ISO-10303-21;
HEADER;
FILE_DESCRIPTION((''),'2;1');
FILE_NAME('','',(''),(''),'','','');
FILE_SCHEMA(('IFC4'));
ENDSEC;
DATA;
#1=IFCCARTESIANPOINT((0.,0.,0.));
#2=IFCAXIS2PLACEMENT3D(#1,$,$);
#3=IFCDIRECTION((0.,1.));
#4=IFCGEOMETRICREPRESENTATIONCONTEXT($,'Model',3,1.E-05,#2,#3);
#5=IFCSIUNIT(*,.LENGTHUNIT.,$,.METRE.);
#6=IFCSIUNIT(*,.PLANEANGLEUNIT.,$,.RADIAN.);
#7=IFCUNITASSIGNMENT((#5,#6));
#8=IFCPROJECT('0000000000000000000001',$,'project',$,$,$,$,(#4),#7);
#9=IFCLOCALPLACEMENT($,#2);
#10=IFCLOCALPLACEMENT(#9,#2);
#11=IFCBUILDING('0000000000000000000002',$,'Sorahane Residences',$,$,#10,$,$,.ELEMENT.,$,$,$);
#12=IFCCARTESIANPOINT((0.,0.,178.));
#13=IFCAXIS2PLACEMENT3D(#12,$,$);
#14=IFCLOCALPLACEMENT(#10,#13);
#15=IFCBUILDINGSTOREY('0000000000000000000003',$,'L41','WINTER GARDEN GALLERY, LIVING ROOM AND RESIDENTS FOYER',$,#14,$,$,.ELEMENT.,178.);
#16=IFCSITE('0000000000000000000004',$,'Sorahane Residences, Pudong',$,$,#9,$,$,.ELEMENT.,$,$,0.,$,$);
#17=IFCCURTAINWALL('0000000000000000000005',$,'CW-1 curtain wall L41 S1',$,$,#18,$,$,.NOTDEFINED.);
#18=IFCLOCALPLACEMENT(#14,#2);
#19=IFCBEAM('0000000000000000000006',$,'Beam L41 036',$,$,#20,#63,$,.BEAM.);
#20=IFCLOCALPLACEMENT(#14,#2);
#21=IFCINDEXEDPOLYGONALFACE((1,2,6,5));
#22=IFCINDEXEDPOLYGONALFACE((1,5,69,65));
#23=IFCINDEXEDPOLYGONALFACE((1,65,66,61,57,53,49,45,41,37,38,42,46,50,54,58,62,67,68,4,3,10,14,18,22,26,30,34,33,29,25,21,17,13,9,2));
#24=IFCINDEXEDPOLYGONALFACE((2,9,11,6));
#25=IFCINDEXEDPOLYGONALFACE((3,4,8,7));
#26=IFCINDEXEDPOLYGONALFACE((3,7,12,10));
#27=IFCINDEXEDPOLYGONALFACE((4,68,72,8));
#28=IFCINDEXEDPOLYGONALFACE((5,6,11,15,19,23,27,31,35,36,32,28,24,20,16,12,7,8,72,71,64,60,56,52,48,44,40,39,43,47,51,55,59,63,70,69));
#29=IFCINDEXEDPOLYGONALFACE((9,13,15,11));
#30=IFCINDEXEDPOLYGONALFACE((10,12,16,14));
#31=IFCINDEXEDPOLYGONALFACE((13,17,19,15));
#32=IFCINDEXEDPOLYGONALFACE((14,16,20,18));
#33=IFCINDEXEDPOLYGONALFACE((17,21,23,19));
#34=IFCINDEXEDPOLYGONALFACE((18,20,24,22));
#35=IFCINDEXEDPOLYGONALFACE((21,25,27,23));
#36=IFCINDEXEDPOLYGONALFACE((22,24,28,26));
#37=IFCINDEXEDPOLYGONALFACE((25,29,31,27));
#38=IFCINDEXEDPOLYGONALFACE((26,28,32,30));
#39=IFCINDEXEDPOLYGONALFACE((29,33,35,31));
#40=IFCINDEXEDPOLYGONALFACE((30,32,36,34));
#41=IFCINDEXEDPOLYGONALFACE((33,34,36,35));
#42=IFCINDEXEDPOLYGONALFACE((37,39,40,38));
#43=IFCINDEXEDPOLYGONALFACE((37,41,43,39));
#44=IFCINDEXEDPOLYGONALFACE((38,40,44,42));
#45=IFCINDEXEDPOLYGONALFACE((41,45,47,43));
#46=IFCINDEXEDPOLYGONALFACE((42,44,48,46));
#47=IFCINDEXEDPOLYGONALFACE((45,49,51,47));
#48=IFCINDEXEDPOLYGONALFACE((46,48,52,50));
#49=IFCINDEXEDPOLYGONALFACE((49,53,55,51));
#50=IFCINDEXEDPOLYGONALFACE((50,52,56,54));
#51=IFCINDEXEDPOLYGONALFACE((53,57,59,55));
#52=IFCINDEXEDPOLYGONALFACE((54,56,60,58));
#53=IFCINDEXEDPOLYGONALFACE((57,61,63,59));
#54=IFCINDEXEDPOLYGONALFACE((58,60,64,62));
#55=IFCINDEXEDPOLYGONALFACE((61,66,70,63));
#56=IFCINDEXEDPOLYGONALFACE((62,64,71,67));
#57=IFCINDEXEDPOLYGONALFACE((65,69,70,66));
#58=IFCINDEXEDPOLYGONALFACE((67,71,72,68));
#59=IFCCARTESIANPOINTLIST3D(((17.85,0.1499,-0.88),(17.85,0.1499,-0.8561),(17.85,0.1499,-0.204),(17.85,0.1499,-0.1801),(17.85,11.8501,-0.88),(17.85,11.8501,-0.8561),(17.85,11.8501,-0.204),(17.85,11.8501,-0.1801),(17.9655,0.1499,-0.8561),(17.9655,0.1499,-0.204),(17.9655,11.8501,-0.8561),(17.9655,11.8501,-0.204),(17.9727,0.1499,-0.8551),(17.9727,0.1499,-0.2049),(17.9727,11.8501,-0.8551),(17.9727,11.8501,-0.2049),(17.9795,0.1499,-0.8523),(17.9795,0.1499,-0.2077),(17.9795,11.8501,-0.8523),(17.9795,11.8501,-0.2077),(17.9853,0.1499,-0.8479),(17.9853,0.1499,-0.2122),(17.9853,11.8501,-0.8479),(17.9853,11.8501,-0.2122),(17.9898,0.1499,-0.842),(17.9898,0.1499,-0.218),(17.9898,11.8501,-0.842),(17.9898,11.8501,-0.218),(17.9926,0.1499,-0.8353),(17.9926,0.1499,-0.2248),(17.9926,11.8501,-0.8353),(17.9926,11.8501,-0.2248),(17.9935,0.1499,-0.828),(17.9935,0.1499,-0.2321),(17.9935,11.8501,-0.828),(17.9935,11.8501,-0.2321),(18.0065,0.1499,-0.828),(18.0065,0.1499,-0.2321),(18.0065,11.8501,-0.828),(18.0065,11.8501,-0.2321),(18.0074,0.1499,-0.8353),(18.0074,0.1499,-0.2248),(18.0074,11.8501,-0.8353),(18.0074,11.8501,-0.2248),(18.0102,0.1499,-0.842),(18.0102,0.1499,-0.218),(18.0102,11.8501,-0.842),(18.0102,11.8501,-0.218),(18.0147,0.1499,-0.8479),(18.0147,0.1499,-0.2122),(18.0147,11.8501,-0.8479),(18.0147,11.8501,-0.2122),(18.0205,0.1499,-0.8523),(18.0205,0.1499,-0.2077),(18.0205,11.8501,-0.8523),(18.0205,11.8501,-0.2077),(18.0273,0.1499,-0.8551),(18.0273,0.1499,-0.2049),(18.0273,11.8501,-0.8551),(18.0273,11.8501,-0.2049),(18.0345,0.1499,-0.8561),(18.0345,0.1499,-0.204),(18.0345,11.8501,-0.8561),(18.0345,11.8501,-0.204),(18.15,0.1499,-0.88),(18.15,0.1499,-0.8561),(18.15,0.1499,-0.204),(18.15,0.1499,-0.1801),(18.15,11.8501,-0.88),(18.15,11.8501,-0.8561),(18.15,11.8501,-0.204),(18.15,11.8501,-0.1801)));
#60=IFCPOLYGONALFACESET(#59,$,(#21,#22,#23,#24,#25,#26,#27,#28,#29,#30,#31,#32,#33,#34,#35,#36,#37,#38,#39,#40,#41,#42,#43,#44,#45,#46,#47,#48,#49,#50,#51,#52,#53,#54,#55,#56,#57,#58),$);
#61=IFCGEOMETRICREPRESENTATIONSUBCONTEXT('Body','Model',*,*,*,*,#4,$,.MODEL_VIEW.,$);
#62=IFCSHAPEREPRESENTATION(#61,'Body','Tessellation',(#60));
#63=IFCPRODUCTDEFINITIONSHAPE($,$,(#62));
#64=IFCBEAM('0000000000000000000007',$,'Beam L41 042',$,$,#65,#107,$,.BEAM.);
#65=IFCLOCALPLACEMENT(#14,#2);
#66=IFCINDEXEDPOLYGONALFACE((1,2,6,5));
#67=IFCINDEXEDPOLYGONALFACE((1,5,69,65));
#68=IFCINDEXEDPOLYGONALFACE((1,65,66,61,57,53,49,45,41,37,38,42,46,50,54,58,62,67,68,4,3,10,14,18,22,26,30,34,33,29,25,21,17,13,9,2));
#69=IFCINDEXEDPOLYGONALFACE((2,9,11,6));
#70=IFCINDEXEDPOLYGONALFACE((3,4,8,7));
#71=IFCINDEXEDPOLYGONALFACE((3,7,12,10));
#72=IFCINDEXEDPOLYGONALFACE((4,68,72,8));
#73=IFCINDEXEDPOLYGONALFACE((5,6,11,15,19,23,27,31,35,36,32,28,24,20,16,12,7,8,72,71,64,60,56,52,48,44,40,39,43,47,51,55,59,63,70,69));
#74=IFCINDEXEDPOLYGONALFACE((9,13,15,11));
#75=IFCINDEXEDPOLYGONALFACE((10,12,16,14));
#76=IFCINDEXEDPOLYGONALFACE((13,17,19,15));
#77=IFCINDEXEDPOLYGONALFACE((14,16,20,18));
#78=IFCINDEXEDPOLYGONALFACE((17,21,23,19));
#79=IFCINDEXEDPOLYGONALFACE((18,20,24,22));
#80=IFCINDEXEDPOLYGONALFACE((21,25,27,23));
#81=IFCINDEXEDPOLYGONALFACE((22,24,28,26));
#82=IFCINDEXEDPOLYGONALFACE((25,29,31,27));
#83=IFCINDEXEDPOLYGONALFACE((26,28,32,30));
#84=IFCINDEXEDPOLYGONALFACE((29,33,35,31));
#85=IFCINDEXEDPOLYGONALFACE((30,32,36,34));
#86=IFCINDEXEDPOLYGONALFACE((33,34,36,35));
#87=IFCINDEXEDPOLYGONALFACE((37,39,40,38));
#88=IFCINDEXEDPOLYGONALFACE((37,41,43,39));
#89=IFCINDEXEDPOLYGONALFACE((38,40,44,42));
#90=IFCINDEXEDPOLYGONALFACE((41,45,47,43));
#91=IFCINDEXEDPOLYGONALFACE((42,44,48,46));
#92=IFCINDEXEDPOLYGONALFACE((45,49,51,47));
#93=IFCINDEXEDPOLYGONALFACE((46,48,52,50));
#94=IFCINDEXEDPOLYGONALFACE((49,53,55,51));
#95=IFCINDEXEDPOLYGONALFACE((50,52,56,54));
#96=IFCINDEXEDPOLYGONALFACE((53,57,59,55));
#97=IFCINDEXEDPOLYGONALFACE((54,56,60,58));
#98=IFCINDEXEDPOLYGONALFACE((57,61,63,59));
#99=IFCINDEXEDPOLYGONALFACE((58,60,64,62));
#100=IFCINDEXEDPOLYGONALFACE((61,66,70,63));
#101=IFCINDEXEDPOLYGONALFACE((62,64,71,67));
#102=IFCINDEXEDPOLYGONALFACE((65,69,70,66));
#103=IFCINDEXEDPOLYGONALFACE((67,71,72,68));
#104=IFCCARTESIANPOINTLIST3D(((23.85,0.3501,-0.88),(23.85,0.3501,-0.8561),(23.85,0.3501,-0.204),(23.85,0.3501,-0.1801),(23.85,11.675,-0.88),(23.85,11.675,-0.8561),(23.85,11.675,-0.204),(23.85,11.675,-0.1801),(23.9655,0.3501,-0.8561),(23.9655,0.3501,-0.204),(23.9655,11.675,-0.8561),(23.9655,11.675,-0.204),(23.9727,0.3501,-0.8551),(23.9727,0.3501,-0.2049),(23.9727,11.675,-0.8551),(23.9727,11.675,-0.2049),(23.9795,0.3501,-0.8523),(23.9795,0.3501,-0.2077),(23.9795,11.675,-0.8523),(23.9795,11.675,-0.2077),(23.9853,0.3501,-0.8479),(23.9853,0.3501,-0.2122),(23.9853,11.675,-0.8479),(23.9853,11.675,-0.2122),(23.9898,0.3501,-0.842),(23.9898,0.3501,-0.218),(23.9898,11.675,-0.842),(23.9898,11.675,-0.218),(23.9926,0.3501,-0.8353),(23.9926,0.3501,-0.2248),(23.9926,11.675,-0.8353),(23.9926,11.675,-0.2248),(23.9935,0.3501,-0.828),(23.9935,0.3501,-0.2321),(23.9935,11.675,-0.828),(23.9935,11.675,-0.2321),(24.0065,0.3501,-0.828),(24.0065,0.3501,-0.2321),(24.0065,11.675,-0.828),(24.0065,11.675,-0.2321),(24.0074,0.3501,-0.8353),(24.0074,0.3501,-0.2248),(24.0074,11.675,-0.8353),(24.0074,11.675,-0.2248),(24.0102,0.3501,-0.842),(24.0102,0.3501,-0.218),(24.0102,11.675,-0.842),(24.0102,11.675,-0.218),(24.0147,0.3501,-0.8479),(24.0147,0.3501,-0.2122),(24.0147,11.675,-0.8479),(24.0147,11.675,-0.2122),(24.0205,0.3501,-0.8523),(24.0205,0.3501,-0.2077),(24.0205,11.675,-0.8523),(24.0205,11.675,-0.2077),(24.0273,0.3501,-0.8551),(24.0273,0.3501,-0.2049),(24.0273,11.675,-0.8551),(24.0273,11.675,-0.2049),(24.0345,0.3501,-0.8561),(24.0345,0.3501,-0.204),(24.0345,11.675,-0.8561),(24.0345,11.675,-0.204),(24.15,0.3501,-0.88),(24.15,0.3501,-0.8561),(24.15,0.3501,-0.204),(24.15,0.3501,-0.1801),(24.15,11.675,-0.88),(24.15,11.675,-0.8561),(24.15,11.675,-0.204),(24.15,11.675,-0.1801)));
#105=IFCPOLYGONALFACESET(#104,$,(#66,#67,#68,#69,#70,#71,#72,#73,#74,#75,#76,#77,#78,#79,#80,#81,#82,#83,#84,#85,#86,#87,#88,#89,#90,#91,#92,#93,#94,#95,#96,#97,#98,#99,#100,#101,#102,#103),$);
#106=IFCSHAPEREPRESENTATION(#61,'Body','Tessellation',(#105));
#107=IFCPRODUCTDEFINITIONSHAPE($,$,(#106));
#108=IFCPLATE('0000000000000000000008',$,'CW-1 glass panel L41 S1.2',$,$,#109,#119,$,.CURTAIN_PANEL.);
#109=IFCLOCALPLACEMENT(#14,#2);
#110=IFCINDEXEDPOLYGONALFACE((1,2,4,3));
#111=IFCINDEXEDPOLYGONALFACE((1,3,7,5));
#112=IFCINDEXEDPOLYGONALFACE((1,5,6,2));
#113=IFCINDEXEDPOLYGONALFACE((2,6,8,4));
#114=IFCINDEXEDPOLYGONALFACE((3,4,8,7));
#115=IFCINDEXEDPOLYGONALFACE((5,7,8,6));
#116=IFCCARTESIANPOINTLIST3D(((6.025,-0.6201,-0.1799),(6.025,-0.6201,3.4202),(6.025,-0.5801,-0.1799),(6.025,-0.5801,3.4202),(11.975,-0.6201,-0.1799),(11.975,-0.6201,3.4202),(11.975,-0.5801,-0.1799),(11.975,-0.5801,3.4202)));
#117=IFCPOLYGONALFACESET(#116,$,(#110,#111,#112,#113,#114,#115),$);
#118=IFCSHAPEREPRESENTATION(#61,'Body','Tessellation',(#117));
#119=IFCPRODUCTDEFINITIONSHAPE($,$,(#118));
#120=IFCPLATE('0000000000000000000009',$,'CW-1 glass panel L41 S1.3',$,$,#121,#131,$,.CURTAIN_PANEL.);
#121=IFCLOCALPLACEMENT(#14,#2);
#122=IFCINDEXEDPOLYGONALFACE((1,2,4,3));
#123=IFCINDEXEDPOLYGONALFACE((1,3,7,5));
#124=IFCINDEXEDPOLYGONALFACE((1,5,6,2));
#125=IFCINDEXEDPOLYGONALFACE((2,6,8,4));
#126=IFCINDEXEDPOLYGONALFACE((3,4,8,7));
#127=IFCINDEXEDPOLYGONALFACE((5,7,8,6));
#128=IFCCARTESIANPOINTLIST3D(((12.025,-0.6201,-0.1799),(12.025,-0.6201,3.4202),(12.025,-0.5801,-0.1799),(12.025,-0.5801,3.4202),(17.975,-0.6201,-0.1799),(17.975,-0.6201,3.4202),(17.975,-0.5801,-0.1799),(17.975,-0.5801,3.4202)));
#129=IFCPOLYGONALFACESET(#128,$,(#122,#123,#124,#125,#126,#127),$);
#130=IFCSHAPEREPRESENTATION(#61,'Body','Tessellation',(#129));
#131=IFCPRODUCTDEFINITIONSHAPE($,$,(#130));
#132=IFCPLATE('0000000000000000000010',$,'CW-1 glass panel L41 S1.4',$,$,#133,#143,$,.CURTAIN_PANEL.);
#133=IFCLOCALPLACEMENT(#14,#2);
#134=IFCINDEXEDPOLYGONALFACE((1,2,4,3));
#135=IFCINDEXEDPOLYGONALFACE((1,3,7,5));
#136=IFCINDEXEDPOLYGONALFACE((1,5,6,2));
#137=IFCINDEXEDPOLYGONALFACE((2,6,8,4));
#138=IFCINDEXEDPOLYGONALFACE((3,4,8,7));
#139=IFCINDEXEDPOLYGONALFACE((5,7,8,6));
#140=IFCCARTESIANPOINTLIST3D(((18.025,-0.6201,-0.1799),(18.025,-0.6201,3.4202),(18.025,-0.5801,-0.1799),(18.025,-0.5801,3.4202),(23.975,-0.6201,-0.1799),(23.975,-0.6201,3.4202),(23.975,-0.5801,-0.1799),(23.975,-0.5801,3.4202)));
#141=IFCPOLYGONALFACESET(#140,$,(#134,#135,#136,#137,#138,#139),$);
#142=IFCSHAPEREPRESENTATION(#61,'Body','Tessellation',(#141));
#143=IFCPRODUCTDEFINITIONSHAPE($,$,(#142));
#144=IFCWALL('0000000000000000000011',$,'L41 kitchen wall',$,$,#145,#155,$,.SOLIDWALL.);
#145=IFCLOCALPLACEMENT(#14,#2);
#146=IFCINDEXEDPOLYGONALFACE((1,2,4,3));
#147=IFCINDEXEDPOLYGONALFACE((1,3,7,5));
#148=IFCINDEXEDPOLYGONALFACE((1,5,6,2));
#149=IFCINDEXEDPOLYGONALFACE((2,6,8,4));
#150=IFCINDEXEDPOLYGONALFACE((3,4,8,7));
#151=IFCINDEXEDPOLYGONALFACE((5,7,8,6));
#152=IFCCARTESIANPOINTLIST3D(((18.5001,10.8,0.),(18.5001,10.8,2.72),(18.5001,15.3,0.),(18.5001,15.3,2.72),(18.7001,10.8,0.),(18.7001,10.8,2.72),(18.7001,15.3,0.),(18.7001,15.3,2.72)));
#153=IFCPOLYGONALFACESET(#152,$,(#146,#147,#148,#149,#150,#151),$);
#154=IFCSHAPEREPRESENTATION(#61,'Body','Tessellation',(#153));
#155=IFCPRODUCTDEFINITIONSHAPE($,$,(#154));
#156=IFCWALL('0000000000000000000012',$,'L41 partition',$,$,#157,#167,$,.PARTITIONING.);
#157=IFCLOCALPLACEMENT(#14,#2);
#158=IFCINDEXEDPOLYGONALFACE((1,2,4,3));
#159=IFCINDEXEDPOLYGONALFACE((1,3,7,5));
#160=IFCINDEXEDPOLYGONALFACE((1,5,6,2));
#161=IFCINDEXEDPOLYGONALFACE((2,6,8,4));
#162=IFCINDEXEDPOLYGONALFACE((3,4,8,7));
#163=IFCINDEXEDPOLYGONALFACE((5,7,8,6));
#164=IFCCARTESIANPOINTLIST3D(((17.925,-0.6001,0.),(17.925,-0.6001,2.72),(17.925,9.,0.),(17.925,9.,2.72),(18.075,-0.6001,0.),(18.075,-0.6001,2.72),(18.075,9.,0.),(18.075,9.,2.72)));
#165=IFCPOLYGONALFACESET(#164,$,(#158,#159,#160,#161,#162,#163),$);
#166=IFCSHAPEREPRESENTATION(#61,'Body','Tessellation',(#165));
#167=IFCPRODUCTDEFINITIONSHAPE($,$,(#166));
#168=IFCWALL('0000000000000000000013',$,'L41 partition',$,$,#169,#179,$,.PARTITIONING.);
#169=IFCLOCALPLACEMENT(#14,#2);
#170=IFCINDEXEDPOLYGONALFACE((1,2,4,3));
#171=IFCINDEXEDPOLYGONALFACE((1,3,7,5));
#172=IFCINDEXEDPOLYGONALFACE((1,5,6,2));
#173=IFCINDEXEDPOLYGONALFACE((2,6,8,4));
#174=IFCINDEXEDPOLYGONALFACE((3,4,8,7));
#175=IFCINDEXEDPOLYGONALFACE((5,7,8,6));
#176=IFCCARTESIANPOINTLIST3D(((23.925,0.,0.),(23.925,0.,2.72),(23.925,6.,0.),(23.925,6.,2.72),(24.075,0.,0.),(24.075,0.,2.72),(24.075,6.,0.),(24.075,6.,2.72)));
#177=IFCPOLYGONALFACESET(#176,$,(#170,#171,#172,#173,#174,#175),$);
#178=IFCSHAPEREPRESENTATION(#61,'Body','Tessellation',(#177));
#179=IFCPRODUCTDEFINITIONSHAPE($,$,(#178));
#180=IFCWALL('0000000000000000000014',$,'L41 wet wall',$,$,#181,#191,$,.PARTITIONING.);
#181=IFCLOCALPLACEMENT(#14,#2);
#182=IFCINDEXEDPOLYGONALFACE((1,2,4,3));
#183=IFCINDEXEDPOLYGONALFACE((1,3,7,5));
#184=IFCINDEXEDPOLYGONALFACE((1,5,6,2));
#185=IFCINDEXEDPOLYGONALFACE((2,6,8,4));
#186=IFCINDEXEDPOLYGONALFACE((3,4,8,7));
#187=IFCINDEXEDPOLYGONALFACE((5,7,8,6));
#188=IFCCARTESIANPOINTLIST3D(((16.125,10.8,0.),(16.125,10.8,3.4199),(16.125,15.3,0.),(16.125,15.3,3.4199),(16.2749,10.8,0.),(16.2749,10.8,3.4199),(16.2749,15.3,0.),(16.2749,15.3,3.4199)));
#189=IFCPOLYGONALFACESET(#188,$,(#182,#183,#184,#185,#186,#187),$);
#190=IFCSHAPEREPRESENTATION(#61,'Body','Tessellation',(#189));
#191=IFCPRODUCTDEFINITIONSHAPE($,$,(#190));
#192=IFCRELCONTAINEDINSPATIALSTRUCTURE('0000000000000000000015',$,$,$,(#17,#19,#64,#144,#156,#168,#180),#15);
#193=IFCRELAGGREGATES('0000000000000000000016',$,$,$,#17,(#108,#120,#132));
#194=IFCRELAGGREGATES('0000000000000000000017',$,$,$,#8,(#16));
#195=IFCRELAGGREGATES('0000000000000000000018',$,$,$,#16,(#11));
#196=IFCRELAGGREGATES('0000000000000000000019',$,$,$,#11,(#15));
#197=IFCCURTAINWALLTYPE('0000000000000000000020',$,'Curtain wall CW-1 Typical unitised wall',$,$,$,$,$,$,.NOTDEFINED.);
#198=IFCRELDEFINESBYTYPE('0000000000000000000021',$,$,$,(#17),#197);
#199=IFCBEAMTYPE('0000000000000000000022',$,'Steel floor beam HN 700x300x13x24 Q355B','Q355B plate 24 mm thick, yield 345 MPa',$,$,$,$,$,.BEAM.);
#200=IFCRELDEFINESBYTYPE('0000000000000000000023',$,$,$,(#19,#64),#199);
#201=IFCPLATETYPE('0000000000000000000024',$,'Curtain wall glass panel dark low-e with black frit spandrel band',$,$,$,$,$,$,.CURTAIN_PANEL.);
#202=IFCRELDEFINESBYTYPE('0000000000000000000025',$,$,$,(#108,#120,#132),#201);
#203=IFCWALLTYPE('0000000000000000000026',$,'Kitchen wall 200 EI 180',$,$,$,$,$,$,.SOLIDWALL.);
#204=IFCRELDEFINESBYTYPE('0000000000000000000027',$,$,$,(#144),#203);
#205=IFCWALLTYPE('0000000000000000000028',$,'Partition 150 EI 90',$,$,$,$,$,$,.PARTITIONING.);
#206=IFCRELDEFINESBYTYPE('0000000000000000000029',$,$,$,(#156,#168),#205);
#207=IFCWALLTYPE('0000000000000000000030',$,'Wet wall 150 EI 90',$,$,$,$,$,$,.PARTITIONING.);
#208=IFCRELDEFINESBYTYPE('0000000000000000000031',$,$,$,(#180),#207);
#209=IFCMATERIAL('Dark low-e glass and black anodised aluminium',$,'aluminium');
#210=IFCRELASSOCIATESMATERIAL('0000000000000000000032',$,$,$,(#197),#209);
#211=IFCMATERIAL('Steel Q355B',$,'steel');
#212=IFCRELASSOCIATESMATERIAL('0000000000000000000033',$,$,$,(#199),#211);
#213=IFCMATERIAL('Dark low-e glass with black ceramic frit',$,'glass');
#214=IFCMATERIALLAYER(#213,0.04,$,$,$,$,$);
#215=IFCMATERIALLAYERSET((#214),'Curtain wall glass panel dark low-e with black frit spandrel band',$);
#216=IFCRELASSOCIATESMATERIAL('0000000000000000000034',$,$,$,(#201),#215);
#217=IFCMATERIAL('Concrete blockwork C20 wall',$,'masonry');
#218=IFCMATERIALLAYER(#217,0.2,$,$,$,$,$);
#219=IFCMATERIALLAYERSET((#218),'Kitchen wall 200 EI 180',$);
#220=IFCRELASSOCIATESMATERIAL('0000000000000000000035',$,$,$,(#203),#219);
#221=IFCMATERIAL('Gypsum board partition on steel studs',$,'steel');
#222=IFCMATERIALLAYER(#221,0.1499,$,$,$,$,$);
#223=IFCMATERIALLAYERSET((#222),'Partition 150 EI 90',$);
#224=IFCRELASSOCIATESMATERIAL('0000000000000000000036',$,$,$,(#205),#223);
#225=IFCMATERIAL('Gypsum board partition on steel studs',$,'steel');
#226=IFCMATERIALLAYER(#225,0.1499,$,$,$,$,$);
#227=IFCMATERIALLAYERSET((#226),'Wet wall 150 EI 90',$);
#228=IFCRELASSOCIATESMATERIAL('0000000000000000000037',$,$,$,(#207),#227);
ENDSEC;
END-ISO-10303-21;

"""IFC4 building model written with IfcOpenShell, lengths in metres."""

from ifc_helpers import new_model, si_unit, direction, frame, frame_2d, origin, origin_2d, place, context, subcontext, project, spatial, rectangle, i_section, extrude, material, layer, layer_set, material_profile, profile_set, type_object, element, aggregate, save


model = new_model("IFC4")

# Units and contexts
model_context = context("Model", 3, precision=1e-05, world=origin(), true_north=direction((0.0, 1.0)))
body_context = subcontext(model_context, "Body", "Model", "MODEL_VIEW")
ifc_project = project(units=[si_unit("LENGTHUNIT", "METRE"), si_unit("PLANEANGLEUNIT", "RADIAN")], contexts=[model_context])

# Site, building, storey
site_placement = place(None, origin())
site = spatial("IfcSite", under=ifc_project, at=site_placement, Name="Sorahane Residences, Pudong", CompositionType="ELEMENT", RefElevation=0.0)
building_placement = place(site_placement, origin())
building = spatial("IfcBuilding", under=site, at=building_placement, Name="Sorahane Residences", CompositionType="ELEMENT")
storey_placement = place(building_placement, frame((0.0, 0.0, 178.0)))
storey = spatial("IfcBuildingStorey", under=building, at=storey_placement, Name="L41", Description="WINTER GARDEN GALLERY, LIVING ROOM AND RESIDENTS FOYER", CompositionType="ELEMENT", Elevation=178.0)

# Curtain wall
ifc_material_1 = material(Name="Dark low-e glass and black anodised aluminium", Category="aluminium")
curtain_wall_type = type_object("IfcCurtainWallType", Name="Curtain wall CW-1 Typical unitised wall", PredefinedType="NOTDEFINED", material=ifc_material_1)
curtain_wall_placement = place(storey_placement, origin())
curtain_wall = element("IfcCurtainWall", 1, at=curtain_wall_placement, inside=storey, type_object=curtain_wall_type, Name="CW-1 curtain wall L41 S1", PredefinedType="NOTDEFINED")

# Beams
ifc_material_2 = material(Name="Steel Q355B", Category="steel")
ifc_material_profile_1 = material_profile(ifc_material_2, i_section(OverallWidth=0.3, OverallDepth=0.7, WebThickness=0.0129, FlangeThickness=0.0239, FilletRadius=0.0281, at=origin_2d()), Name="HN 700x300x13x24")
ifc_profile_set_1 = profile_set([ifc_material_profile_1], Name="Steel Q355B")
beam_type_1 = type_object("IfcBeamType", Name="Steel floor beam HN 700x300x13x24 Q355B", Description="Q355B plate 24 mm thick, yield 345 MPa", PredefinedType="BEAM", material=ifc_profile_set_1)
beam_1_placement = place(storey_placement, frame((18.0, 0.1499, -0.53), z_axis=(0.0, 1.0, 0.0), x_axis=(-1.0, 0.0, 0.0)))
element("IfcBeam", 2, at=beam_1_placement, inside=storey, type_object=beam_type_1, Name="Beam L41 036", PredefinedType="BEAM", context=body_context, shape_type="SweptSolid", body=[
    extrude(i_section(OverallWidth=0.3, OverallDepth=0.7, WebThickness=0.0129, FlangeThickness=0.0239, FilletRadius=0.0281, at=origin_2d()), origin(), (0.0, 0.0, 1.0), 11.7002),
])
beam_2_placement = place(storey_placement, frame((24.0, 0.3501, -0.53), z_axis=(0.0, 1.0, 0.0), x_axis=(-1.0, 0.0, 0.0)))
element("IfcBeam", 3, at=beam_2_placement, inside=storey, type_object=beam_type_1, Name="Beam L41 042", PredefinedType="BEAM", context=body_context, shape_type="SweptSolid", body=[
    extrude(i_section(OverallWidth=0.3, OverallDepth=0.7, WebThickness=0.0129, FlangeThickness=0.0239, FilletRadius=0.0281, at=origin_2d()), origin(), (0.0, 0.0, 1.0), 11.325),
])

# Plates
ifc_material_3 = material(Name="Dark low-e glass with black ceramic frit", Category="glass")
ifc_layer_1 = layer(ifc_material_3, 0.04)
ifc_layer_set_1 = layer_set([ifc_layer_1], Name="Curtain wall glass panel dark low-e with black frit spandrel band")
plate_type = type_object("IfcPlateType", Name="Curtain wall glass panel dark low-e with black frit spandrel band", PredefinedType="CURTAIN_PANEL", material=ifc_layer_set_1)
plate_1_placement = place(storey_placement, frame((9.0, -0.6001, -0.1799), z_axis=(0.0, 0.0, 1.0), x_axis=(1.0, 0.0, 0.0)))
plate_1 = element("IfcPlate", 4, at=plate_1_placement, type_object=plate_type, Name="CW-1 glass panel L41 S1.2", PredefinedType="CURTAIN_PANEL", context=body_context, shape_type="SweptSolid", body=[
    extrude(rectangle(XDim=5.95, YDim=0.04, at=origin_2d()), origin(), (0.0, 0.0, 1.0), 3.6001),
])
plate_2_placement = place(storey_placement, frame((15.0, -0.6001, -0.1799), z_axis=(0.0, 0.0, 1.0), x_axis=(1.0, 0.0, 0.0)))
plate_2 = element("IfcPlate", 5, at=plate_2_placement, type_object=plate_type, Name="CW-1 glass panel L41 S1.3", PredefinedType="CURTAIN_PANEL", context=body_context, shape_type="SweptSolid", body=[
    extrude(rectangle(XDim=5.95, YDim=0.04, at=origin_2d()), origin(), (0.0, 0.0, 1.0), 3.6001),
])
plate_3_placement = place(storey_placement, frame((21.0, -0.6001, -0.1799), z_axis=(0.0, 0.0, 1.0), x_axis=(1.0, 0.0, 0.0)))
plate_3 = element("IfcPlate", 6, at=plate_3_placement, type_object=plate_type, Name="CW-1 glass panel L41 S1.4", PredefinedType="CURTAIN_PANEL", context=body_context, shape_type="SweptSolid", body=[
    extrude(rectangle(XDim=5.95, YDim=0.04, at=origin_2d()), origin(), (0.0, 0.0, 1.0), 3.6001),
])
aggregate(curtain_wall, [plate_1, plate_2, plate_3])

# Wall
ifc_material_4 = material(Name="Concrete blockwork C20 wall", Category="masonry")
ifc_layer_2 = layer(ifc_material_4, 0.2)
ifc_layer_set_2 = layer_set([ifc_layer_2], Name="Kitchen wall 200 EI 180")
wall_type_1 = type_object("IfcWallType", Name="Kitchen wall 200 EI 180", PredefinedType="SOLIDWALL", material=ifc_layer_set_2)
wall_1_placement = place(storey_placement, frame((18.6001, 10.8, 0.0), z_axis=(0.0, 0.0, 1.0), x_axis=(0.0, 1.0, 0.0)))
element("IfcWall", 7, at=wall_1_placement, inside=storey, type_object=wall_type_1, Name="L41 kitchen wall", PredefinedType="SOLIDWALL", context=body_context, shape_type="SweptSolid", body=[
    extrude(rectangle(XDim=4.5, YDim=0.2, at=frame_2d((2.25, 0.0))), origin(), (0.0, 0.0, 1.0), 2.72),
])

# Walls
ifc_material_5 = material(Name="Gypsum board partition on steel studs", Category="steel")
ifc_layer_3 = layer(ifc_material_5, 0.1499)
ifc_layer_set_3 = layer_set([ifc_layer_3], Name="Partition 150 EI 90")
wall_type_2 = type_object("IfcWallType", Name="Partition 150 EI 90", PredefinedType="PARTITIONING", material=ifc_layer_set_3)
wall_2_placement = place(storey_placement, frame((18.0, -0.6001, 0.0), z_axis=(0.0, 0.0, 1.0), x_axis=(0.0, 1.0, 0.0)))
element("IfcWall", 8, at=wall_2_placement, inside=storey, type_object=wall_type_2, Name="L41 partition", PredefinedType="PARTITIONING", context=body_context, shape_type="SweptSolid", body=[
    extrude(rectangle(XDim=9.6001, YDim=0.1499, at=frame_2d((4.8, 0.0))), origin(), (0.0, 0.0, 1.0), 2.72),
])
wall_3_placement = place(storey_placement, frame((24.0, 0.0, 0.0), z_axis=(0.0, 0.0, 1.0), x_axis=(0.0, 1.0, 0.0)))
element("IfcWall", 9, at=wall_3_placement, inside=storey, type_object=wall_type_2, Name="L41 partition", PredefinedType="PARTITIONING", context=body_context, shape_type="SweptSolid", body=[
    extrude(rectangle(XDim=6.0, YDim=0.1499, at=frame_2d((3.0, 0.0))), origin(), (0.0, 0.0, 1.0), 2.72),
])
ifc_material_6 = material(Name="Gypsum board partition on steel studs", Category="steel")
ifc_layer_4 = layer(ifc_material_6, 0.1499)
ifc_layer_set_4 = layer_set([ifc_layer_4], Name="Wet wall 150 EI 90")
wall_type_3 = type_object("IfcWallType", Name="Wet wall 150 EI 90", PredefinedType="PARTITIONING", material=ifc_layer_set_4)
wall_4_placement = place(storey_placement, frame((16.2, 10.8, 0.0), z_axis=(0.0, 0.0, 1.0), x_axis=(0.0, 1.0, 0.0)))
element("IfcWall", 10, at=wall_4_placement, inside=storey, type_object=wall_type_3, Name="L41 wet wall", PredefinedType="PARTITIONING", context=body_context, shape_type="SweptSolid", body=[
    extrude(rectangle(XDim=4.5, YDim=0.1499, at=frame_2d((2.25, 0.0))), origin(), (0.0, 0.0, 1.0), 3.4199),
])

save(model, "model.ifc")
